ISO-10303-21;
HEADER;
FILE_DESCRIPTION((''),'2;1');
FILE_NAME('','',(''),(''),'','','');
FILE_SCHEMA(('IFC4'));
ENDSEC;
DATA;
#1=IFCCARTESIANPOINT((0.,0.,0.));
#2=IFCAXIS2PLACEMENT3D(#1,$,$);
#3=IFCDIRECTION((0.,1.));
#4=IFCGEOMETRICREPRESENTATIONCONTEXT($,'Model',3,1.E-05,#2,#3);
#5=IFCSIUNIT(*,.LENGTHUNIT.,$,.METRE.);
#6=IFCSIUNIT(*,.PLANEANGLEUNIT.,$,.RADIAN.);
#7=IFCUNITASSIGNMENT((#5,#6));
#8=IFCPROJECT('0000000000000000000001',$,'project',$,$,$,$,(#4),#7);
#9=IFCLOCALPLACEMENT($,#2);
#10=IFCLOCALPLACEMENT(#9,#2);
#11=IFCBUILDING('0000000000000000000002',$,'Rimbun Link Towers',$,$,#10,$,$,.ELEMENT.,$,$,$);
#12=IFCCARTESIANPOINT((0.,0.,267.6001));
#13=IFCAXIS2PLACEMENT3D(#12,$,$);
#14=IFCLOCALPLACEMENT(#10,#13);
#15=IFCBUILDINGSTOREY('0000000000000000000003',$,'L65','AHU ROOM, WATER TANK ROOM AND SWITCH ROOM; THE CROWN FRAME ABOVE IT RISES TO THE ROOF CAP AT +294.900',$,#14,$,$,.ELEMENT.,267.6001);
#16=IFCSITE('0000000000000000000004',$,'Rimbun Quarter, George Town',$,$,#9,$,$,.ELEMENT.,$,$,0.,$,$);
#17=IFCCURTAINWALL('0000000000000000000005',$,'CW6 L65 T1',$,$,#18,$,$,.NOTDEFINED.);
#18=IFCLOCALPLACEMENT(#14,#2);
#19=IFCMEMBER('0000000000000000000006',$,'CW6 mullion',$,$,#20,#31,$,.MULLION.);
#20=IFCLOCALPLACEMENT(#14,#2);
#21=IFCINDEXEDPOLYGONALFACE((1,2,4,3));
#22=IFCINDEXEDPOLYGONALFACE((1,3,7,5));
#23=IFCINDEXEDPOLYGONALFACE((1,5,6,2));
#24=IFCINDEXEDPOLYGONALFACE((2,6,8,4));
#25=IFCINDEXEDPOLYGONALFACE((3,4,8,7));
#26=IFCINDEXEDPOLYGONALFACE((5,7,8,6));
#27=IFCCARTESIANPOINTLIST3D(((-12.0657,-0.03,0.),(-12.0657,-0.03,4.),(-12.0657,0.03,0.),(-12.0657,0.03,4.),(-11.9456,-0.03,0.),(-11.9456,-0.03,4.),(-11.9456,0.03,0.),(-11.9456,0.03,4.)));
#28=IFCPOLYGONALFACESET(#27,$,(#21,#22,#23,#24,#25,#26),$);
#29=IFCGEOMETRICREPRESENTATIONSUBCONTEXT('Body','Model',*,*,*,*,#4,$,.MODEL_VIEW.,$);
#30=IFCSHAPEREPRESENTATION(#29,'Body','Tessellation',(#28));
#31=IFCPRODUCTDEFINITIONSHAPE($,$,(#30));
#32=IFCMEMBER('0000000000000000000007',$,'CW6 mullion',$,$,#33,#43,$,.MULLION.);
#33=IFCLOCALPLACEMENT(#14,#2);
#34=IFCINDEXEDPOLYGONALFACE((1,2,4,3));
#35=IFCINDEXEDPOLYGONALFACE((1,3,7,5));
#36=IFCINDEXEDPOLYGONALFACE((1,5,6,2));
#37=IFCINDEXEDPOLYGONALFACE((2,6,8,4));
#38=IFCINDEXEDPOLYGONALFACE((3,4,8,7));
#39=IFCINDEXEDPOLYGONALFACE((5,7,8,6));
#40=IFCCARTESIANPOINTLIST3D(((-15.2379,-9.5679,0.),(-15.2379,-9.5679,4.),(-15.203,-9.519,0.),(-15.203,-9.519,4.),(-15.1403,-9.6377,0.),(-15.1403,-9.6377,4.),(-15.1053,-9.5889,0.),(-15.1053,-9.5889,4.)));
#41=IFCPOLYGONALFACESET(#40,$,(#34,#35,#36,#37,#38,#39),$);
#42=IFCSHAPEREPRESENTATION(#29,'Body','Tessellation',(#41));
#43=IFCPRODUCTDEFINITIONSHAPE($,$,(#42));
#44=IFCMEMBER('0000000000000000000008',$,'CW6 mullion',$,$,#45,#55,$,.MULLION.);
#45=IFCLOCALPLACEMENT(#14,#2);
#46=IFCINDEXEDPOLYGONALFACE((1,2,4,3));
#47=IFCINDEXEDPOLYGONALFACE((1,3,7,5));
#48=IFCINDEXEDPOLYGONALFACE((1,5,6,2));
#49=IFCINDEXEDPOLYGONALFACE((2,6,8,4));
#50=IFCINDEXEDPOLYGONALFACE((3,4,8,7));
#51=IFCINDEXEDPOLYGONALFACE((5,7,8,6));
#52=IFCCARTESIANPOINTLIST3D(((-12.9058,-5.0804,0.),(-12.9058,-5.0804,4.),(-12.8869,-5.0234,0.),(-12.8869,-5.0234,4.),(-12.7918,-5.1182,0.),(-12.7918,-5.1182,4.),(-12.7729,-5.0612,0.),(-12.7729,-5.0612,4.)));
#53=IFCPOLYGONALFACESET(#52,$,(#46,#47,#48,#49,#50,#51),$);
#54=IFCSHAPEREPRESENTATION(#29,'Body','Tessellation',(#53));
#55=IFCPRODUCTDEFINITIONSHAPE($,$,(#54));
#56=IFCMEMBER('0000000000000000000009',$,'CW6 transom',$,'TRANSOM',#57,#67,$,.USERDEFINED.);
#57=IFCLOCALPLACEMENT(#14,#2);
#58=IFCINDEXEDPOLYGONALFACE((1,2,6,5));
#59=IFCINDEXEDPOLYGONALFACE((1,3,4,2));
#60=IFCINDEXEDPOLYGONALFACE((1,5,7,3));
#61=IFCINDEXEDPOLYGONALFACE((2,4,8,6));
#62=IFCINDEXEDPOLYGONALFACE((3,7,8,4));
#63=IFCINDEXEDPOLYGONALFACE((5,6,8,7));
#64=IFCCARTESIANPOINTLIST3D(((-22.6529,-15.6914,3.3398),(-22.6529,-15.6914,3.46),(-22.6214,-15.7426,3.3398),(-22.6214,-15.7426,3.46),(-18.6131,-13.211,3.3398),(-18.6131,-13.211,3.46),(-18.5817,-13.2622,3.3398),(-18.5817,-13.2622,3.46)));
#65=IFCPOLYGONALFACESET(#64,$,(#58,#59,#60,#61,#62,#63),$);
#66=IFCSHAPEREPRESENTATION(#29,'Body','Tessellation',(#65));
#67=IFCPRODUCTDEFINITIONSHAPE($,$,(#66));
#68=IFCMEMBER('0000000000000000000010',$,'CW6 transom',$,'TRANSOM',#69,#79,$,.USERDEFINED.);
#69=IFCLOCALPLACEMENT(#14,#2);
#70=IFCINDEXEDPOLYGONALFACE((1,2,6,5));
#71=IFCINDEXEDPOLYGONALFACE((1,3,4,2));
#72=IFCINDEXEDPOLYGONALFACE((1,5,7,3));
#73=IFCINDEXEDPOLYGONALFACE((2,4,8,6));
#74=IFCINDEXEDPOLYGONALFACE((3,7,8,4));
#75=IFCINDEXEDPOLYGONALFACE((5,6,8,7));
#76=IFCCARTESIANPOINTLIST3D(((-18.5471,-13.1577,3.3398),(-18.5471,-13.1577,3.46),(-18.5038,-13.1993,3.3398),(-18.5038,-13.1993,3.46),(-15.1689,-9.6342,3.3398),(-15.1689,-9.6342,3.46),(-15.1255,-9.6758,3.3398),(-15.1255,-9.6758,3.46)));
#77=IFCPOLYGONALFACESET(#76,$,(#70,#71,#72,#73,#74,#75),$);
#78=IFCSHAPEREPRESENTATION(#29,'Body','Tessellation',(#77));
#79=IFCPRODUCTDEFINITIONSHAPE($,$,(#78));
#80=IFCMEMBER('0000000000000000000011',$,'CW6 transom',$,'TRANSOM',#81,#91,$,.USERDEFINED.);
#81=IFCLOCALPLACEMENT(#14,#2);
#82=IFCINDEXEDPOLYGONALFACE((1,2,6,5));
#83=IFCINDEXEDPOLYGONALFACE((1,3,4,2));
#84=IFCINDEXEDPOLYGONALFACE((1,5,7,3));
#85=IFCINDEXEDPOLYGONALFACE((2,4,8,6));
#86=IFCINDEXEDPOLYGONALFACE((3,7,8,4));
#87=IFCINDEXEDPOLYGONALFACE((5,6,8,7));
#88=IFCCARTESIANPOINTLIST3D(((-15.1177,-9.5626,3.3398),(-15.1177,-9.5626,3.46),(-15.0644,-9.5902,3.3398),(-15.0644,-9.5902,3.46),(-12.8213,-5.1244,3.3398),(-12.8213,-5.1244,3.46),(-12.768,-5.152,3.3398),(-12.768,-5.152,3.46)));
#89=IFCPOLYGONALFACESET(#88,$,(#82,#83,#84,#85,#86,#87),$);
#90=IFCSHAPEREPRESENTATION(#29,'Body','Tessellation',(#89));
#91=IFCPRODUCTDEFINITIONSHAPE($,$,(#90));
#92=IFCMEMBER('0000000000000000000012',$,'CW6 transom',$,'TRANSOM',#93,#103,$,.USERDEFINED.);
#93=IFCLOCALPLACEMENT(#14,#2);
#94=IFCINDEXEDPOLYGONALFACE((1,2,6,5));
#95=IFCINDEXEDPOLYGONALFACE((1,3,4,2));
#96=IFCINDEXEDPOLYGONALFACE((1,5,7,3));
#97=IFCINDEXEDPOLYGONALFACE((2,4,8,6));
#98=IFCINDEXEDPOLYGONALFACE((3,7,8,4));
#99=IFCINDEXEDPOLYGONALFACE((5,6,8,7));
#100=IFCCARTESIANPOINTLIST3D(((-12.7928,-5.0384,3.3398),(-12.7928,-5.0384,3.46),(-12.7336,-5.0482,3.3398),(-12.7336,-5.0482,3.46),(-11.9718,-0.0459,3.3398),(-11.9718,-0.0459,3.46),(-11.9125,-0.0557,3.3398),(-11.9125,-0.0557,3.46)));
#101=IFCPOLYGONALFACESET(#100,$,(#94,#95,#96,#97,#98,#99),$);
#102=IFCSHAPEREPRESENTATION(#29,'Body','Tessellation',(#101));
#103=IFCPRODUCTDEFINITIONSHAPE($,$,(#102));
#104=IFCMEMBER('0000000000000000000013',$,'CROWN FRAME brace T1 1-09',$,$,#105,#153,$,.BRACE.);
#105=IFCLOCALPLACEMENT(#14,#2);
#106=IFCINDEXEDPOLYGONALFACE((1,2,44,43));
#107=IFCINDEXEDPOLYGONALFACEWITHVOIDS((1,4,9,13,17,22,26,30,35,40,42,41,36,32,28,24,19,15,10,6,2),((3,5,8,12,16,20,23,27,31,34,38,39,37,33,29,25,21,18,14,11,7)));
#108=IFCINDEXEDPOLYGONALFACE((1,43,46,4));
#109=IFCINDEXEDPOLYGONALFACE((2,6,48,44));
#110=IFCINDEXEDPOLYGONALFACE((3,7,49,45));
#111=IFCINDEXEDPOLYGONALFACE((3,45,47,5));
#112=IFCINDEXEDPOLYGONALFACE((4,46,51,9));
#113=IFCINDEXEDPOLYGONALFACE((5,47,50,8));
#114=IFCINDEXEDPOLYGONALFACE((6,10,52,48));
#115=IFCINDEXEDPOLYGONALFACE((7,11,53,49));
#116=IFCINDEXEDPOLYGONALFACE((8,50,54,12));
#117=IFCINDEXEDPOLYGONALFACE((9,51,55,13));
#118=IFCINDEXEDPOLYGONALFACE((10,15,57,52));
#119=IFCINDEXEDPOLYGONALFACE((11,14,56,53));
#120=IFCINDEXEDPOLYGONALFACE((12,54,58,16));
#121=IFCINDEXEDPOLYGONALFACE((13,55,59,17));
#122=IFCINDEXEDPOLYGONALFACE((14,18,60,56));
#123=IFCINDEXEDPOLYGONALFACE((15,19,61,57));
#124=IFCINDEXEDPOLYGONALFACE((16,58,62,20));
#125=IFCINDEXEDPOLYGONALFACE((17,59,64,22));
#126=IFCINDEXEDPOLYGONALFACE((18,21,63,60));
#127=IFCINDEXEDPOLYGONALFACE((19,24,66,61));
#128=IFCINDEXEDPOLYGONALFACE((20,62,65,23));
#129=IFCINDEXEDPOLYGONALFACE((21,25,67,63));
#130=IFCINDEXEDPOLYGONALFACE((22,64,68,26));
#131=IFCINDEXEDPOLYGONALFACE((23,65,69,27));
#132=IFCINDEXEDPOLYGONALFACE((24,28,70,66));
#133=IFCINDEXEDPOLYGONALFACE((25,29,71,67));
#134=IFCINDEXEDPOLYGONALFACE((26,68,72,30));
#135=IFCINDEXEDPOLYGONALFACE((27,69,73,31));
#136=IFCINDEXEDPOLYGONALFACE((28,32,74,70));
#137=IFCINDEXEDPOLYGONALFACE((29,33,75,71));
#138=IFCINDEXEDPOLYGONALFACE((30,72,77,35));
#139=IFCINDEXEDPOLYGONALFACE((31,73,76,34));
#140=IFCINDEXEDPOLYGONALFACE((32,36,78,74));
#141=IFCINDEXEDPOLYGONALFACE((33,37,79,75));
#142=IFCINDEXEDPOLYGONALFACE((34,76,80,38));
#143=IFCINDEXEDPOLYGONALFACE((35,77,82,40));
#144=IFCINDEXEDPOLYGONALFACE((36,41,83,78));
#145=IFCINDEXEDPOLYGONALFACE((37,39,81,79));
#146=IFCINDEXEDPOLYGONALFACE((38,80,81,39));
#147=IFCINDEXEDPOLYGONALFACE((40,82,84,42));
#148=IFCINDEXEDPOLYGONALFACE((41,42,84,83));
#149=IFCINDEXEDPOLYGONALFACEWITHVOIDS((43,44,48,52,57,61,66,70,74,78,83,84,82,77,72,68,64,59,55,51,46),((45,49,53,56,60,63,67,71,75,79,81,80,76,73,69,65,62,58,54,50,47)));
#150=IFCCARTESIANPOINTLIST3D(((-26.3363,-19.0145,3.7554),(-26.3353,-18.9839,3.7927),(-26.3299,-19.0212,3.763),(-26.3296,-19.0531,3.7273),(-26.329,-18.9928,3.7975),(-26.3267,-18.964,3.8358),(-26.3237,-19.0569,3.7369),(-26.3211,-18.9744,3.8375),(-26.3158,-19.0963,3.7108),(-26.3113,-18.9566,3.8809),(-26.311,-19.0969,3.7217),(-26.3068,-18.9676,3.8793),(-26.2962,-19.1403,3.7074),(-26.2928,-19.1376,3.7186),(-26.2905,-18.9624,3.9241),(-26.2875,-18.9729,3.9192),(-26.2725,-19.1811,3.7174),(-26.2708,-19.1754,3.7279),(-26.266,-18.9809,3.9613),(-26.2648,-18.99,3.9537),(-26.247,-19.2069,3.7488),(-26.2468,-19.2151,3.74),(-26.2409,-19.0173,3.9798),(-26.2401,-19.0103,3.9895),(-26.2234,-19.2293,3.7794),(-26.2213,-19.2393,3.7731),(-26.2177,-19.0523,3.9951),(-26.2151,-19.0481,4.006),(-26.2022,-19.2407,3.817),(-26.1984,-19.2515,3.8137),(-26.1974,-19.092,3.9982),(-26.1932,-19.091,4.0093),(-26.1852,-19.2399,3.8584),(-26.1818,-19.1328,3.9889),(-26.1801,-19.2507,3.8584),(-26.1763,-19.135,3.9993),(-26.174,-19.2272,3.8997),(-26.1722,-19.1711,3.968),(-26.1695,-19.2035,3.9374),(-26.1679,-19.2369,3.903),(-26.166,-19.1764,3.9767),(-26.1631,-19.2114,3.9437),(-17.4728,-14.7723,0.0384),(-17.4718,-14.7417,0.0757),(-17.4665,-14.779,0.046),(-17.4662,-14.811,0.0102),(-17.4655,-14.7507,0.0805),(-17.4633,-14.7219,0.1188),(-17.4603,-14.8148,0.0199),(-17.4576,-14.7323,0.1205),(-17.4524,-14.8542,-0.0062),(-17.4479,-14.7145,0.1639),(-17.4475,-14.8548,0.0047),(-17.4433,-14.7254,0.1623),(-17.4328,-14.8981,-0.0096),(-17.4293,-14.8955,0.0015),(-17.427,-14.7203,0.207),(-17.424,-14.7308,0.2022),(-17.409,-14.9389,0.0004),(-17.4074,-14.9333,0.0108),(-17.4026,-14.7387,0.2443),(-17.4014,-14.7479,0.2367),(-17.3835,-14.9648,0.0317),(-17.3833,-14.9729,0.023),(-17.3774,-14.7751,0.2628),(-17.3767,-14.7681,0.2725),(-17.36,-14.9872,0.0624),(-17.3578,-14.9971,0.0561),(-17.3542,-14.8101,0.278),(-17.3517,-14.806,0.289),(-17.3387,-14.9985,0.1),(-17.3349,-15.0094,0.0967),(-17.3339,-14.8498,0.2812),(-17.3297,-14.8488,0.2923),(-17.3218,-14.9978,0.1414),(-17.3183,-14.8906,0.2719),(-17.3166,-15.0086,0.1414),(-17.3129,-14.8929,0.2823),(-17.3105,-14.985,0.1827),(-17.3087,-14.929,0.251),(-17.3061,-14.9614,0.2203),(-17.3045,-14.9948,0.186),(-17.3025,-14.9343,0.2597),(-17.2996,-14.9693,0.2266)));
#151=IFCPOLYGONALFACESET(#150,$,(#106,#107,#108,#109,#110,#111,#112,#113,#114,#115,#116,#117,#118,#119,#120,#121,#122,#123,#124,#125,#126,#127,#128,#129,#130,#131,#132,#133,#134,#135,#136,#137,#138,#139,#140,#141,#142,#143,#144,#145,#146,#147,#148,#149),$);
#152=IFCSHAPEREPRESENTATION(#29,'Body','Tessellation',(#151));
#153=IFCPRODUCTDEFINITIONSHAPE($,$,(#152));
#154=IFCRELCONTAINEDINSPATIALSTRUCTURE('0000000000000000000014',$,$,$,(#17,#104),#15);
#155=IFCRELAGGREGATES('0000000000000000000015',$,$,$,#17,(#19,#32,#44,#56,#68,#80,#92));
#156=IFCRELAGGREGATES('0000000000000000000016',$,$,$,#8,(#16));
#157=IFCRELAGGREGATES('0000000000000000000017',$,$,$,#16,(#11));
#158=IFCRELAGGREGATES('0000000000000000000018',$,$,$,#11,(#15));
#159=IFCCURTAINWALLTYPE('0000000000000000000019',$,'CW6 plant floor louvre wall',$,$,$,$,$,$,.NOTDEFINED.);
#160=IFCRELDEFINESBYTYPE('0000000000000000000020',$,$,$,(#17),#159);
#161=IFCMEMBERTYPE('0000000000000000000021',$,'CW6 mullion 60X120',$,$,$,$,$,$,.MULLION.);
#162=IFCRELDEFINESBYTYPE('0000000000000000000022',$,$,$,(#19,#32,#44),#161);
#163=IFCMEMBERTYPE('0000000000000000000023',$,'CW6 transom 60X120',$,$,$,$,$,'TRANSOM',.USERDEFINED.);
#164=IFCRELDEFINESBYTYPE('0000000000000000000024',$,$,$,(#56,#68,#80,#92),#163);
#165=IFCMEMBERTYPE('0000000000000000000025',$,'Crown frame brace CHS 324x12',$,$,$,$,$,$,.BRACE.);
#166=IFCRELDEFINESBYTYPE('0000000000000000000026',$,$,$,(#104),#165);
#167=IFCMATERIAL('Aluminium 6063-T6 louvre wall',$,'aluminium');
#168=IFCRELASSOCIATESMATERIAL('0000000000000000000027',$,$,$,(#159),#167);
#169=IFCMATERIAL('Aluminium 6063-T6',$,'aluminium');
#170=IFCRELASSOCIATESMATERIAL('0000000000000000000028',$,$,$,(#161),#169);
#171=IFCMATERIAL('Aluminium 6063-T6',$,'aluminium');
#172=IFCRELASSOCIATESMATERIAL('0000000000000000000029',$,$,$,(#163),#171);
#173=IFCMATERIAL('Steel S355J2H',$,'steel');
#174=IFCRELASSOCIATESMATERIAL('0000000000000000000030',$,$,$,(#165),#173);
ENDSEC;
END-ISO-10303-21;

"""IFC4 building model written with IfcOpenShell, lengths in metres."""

from ifc_helpers import new_model, si_unit, direction, frame, origin, origin_2d, place, context, subcontext, project, spatial, rectangle, hollow_circle, extrude, material, material_profile, profile_set, type_object, element, aggregate, save


model = new_model("IFC4")

# Units and contexts
model_context = context("Model", 3, precision=1e-05, world=origin(), true_north=direction((0.0, 1.0)))
body_context = subcontext(model_context, "Body", "Model", "MODEL_VIEW")
ifc_project = project(units=[si_unit("LENGTHUNIT", "METRE"), si_unit("PLANEANGLEUNIT", "RADIAN")], contexts=[model_context])

# Site, building, storey
site_placement = place(None, origin())
site = spatial("IfcSite", under=ifc_project, at=site_placement, Name="Rimbun Quarter, George Town", CompositionType="ELEMENT", RefElevation=0.0)
building_placement = place(site_placement, origin())
building = spatial("IfcBuilding", under=site, at=building_placement, Name="Rimbun Link Towers", CompositionType="ELEMENT")
storey_placement = place(building_placement, frame((0.0, 0.0, 267.6001)))
storey = spatial("IfcBuildingStorey", under=building, at=storey_placement, Name="L65", Description="AHU ROOM, WATER TANK ROOM AND SWITCH ROOM; THE CROWN FRAME ABOVE IT RISES TO THE ROOF CAP AT +294.900", CompositionType="ELEMENT", Elevation=267.6001)

# Curtain wall, members
ifc_material_1 = material(Name="Aluminium 6063-T6 louvre wall", Category="aluminium")
curtain_wall_type = type_object("IfcCurtainWallType", Name="CW6 plant floor louvre wall", PredefinedType="NOTDEFINED", material=ifc_material_1)
curtain_wall_placement = place(storey_placement, origin())
curtain_wall = element("IfcCurtainWall", 1, at=curtain_wall_placement, inside=storey, type_object=curtain_wall_type, Name="CW6 L65 T1", PredefinedType="NOTDEFINED")
ifc_material_2 = material(Name="Aluminium 6063-T6", Category="aluminium")
ifc_material_profile_1 = material_profile(ifc_material_2, rectangle(XDim=0.1201, YDim=0.0601, at=origin_2d()), Name="MULLION 60X120")
ifc_profile_set_1 = profile_set([ifc_material_profile_1], Name="Aluminium 6063-T6")
member_type_1 = type_object("IfcMemberType", Name="CW6 mullion 60X120", PredefinedType="MULLION", material=ifc_profile_set_1)
member_1_placement = place(storey_placement, frame((-12.0056, 0.0, 0.0), z_axis=(0.0, 0.0, 1.0), x_axis=(1.0, 0.0, 0.0)))
member_1 = element("IfcMember", 2, at=member_1_placement, type_object=member_type_1, Name="CW6 mullion", PredefinedType="MULLION", context=body_context, shape_type="SweptSolid", body=[
    extrude(rectangle(XDim=0.1201, YDim=0.0601, at=origin_2d()), origin(), (0.0, 0.0, 1.0), 4.0),
])
member_2_placement = place(storey_placement, frame((-15.1716, -9.5784, 0.0), z_axis=(0.0, 0.0, 1.0), x_axis=(0.813347, -0.581779, 0.0)))
member_2 = element("IfcMember", 3, at=member_2_placement, type_object=member_type_1, Name="CW6 mullion", PredefinedType="MULLION", context=body_context, shape_type="SweptSolid", body=[
    extrude(rectangle(XDim=0.1201, YDim=0.0601, at=origin_2d()), origin(), (0.0, 0.0, 1.0), 4.0),
])
member_3_placement = place(storey_placement, frame((-12.8394, -5.0708, 0.0), z_axis=(0.0, 0.0, 1.0), x_axis=(0.949161, -0.314792, 0.0)))
member_3 = element("IfcMember", 4, at=member_3_placement, type_object=member_type_1, Name="CW6 mullion", PredefinedType="MULLION", context=body_context, shape_type="SweptSolid", body=[
    extrude(rectangle(XDim=0.1201, YDim=0.0601, at=origin_2d()), origin(), (0.0, 0.0, 1.0), 4.0),
])
ifc_material_3 = material(Name="Aluminium 6063-T6", Category="aluminium")
ifc_material_profile_2 = material_profile(ifc_material_3, rectangle(XDim=0.0601, YDim=0.1201, at=origin_2d()), Name="TRANSOM 60X120")
ifc_profile_set_2 = profile_set([ifc_material_profile_2], Name="Aluminium 6063-T6")
member_type_2 = type_object("IfcMemberType", Name="CW6 transom 60X120", ElementType="TRANSOM", PredefinedType="USERDEFINED", material=ifc_profile_set_2)
member_4_placement = place(storey_placement, frame((-18.5974, -13.2366, 3.3999), z_axis=(-0.852181, -0.523247, 0.0), x_axis=(0.523247, -0.852181, 0.0)))
member_4 = element("IfcMember", 5, at=member_4_placement, type_object=member_type_2, Name="CW6 transom", ObjectType="TRANSOM", PredefinedType="USERDEFINED", context=body_context, shape_type="SweptSolid", body=[
    extrude(rectangle(XDim=0.0601, YDim=0.1201, at=origin_2d()), origin(), (0.0, 0.0, 1.0), 4.7405),
])
member_5_placement = place(storey_placement, frame((-15.1472, -9.655, 3.3999), z_axis=(-0.69207, -0.72183, 0.0), x_axis=(0.72183, -0.69207, 0.0)))
member_5 = element("IfcMember", 6, at=member_5_placement, type_object=member_type_2, Name="CW6 transom", ObjectType="TRANSOM", PredefinedType="USERDEFINED", context=body_context, shape_type="SweptSolid", body=[
    extrude(rectangle(XDim=0.0601, YDim=0.1201, at=origin_2d()), origin(), (0.0, 0.0, 1.0), 4.8813),
])
member_6_placement = place(storey_placement, frame((-12.7947, -5.1382, 3.3999), z_axis=(-0.459541, -0.888156, 0.0), x_axis=(0.888156, -0.459541, 0.0)))
member_6 = element("IfcMember", 7, at=member_6_placement, type_object=member_type_2, Name="CW6 transom", ObjectType="TRANSOM", PredefinedType="USERDEFINED", context=body_context, shape_type="SweptSolid", body=[
    extrude(rectangle(XDim=0.0601, YDim=0.1201, at=origin_2d()), origin(), (0.0, 0.0, 1.0), 4.9971),
])
member_7_placement = place(storey_placement, frame((-11.9421, -0.0508, 3.3999), z_axis=(-0.162278, -0.986745, 0.0), x_axis=(0.986745, -0.162278, 0.0)))
member_7 = element("IfcMember", 8, at=member_7_placement, type_object=member_type_2, Name="CW6 transom", ObjectType="TRANSOM", PredefinedType="USERDEFINED", context=body_context, shape_type="SweptSolid", body=[
    extrude(rectangle(XDim=0.0601, YDim=0.1201, at=origin_2d()), origin(), (0.0, 0.0, 1.0), 5.0596),
])

# Member
ifc_material_4 = material(Name="Steel S355J2H", Category="steel")
ifc_material_profile_3 = material_profile(ifc_material_4, hollow_circle(Radius=0.1619, WallThickness=0.012, at=origin_2d()), Name="Crown frame brace CHS 324x12")
ifc_profile_set_3 = profile_set([ifc_material_profile_3], Name="Steel S355J2H")
member_type_3 = type_object("IfcMemberType", Name="Crown frame brace CHS 324x12", PredefinedType="BRACE", material=ifc_profile_set_3)
member_8_placement = place(storey_placement, frame((-17.3865, -14.8625, 0.1414), z_axis=(-0.843669, -0.40379, 0.353804), x_axis=(0.431713, -0.902011, 0.0)))
element("IfcMember", 9, at=member_8_placement, inside=storey, type_object=member_type_3, Name="CROWN FRAME brace T1 1-09", PredefinedType="BRACE", context=body_context, shape_type="SweptSolid", body=[
    extrude(hollow_circle(Radius=0.1619, WallThickness=0.012, at=origin_2d()), origin(), (0.0, 0.0, 1.0), 10.5059),
])

aggregate(curtain_wall, [member_1, member_2, member_3, member_4, member_5, member_6, member_7])

save(model, "model.ifc")
